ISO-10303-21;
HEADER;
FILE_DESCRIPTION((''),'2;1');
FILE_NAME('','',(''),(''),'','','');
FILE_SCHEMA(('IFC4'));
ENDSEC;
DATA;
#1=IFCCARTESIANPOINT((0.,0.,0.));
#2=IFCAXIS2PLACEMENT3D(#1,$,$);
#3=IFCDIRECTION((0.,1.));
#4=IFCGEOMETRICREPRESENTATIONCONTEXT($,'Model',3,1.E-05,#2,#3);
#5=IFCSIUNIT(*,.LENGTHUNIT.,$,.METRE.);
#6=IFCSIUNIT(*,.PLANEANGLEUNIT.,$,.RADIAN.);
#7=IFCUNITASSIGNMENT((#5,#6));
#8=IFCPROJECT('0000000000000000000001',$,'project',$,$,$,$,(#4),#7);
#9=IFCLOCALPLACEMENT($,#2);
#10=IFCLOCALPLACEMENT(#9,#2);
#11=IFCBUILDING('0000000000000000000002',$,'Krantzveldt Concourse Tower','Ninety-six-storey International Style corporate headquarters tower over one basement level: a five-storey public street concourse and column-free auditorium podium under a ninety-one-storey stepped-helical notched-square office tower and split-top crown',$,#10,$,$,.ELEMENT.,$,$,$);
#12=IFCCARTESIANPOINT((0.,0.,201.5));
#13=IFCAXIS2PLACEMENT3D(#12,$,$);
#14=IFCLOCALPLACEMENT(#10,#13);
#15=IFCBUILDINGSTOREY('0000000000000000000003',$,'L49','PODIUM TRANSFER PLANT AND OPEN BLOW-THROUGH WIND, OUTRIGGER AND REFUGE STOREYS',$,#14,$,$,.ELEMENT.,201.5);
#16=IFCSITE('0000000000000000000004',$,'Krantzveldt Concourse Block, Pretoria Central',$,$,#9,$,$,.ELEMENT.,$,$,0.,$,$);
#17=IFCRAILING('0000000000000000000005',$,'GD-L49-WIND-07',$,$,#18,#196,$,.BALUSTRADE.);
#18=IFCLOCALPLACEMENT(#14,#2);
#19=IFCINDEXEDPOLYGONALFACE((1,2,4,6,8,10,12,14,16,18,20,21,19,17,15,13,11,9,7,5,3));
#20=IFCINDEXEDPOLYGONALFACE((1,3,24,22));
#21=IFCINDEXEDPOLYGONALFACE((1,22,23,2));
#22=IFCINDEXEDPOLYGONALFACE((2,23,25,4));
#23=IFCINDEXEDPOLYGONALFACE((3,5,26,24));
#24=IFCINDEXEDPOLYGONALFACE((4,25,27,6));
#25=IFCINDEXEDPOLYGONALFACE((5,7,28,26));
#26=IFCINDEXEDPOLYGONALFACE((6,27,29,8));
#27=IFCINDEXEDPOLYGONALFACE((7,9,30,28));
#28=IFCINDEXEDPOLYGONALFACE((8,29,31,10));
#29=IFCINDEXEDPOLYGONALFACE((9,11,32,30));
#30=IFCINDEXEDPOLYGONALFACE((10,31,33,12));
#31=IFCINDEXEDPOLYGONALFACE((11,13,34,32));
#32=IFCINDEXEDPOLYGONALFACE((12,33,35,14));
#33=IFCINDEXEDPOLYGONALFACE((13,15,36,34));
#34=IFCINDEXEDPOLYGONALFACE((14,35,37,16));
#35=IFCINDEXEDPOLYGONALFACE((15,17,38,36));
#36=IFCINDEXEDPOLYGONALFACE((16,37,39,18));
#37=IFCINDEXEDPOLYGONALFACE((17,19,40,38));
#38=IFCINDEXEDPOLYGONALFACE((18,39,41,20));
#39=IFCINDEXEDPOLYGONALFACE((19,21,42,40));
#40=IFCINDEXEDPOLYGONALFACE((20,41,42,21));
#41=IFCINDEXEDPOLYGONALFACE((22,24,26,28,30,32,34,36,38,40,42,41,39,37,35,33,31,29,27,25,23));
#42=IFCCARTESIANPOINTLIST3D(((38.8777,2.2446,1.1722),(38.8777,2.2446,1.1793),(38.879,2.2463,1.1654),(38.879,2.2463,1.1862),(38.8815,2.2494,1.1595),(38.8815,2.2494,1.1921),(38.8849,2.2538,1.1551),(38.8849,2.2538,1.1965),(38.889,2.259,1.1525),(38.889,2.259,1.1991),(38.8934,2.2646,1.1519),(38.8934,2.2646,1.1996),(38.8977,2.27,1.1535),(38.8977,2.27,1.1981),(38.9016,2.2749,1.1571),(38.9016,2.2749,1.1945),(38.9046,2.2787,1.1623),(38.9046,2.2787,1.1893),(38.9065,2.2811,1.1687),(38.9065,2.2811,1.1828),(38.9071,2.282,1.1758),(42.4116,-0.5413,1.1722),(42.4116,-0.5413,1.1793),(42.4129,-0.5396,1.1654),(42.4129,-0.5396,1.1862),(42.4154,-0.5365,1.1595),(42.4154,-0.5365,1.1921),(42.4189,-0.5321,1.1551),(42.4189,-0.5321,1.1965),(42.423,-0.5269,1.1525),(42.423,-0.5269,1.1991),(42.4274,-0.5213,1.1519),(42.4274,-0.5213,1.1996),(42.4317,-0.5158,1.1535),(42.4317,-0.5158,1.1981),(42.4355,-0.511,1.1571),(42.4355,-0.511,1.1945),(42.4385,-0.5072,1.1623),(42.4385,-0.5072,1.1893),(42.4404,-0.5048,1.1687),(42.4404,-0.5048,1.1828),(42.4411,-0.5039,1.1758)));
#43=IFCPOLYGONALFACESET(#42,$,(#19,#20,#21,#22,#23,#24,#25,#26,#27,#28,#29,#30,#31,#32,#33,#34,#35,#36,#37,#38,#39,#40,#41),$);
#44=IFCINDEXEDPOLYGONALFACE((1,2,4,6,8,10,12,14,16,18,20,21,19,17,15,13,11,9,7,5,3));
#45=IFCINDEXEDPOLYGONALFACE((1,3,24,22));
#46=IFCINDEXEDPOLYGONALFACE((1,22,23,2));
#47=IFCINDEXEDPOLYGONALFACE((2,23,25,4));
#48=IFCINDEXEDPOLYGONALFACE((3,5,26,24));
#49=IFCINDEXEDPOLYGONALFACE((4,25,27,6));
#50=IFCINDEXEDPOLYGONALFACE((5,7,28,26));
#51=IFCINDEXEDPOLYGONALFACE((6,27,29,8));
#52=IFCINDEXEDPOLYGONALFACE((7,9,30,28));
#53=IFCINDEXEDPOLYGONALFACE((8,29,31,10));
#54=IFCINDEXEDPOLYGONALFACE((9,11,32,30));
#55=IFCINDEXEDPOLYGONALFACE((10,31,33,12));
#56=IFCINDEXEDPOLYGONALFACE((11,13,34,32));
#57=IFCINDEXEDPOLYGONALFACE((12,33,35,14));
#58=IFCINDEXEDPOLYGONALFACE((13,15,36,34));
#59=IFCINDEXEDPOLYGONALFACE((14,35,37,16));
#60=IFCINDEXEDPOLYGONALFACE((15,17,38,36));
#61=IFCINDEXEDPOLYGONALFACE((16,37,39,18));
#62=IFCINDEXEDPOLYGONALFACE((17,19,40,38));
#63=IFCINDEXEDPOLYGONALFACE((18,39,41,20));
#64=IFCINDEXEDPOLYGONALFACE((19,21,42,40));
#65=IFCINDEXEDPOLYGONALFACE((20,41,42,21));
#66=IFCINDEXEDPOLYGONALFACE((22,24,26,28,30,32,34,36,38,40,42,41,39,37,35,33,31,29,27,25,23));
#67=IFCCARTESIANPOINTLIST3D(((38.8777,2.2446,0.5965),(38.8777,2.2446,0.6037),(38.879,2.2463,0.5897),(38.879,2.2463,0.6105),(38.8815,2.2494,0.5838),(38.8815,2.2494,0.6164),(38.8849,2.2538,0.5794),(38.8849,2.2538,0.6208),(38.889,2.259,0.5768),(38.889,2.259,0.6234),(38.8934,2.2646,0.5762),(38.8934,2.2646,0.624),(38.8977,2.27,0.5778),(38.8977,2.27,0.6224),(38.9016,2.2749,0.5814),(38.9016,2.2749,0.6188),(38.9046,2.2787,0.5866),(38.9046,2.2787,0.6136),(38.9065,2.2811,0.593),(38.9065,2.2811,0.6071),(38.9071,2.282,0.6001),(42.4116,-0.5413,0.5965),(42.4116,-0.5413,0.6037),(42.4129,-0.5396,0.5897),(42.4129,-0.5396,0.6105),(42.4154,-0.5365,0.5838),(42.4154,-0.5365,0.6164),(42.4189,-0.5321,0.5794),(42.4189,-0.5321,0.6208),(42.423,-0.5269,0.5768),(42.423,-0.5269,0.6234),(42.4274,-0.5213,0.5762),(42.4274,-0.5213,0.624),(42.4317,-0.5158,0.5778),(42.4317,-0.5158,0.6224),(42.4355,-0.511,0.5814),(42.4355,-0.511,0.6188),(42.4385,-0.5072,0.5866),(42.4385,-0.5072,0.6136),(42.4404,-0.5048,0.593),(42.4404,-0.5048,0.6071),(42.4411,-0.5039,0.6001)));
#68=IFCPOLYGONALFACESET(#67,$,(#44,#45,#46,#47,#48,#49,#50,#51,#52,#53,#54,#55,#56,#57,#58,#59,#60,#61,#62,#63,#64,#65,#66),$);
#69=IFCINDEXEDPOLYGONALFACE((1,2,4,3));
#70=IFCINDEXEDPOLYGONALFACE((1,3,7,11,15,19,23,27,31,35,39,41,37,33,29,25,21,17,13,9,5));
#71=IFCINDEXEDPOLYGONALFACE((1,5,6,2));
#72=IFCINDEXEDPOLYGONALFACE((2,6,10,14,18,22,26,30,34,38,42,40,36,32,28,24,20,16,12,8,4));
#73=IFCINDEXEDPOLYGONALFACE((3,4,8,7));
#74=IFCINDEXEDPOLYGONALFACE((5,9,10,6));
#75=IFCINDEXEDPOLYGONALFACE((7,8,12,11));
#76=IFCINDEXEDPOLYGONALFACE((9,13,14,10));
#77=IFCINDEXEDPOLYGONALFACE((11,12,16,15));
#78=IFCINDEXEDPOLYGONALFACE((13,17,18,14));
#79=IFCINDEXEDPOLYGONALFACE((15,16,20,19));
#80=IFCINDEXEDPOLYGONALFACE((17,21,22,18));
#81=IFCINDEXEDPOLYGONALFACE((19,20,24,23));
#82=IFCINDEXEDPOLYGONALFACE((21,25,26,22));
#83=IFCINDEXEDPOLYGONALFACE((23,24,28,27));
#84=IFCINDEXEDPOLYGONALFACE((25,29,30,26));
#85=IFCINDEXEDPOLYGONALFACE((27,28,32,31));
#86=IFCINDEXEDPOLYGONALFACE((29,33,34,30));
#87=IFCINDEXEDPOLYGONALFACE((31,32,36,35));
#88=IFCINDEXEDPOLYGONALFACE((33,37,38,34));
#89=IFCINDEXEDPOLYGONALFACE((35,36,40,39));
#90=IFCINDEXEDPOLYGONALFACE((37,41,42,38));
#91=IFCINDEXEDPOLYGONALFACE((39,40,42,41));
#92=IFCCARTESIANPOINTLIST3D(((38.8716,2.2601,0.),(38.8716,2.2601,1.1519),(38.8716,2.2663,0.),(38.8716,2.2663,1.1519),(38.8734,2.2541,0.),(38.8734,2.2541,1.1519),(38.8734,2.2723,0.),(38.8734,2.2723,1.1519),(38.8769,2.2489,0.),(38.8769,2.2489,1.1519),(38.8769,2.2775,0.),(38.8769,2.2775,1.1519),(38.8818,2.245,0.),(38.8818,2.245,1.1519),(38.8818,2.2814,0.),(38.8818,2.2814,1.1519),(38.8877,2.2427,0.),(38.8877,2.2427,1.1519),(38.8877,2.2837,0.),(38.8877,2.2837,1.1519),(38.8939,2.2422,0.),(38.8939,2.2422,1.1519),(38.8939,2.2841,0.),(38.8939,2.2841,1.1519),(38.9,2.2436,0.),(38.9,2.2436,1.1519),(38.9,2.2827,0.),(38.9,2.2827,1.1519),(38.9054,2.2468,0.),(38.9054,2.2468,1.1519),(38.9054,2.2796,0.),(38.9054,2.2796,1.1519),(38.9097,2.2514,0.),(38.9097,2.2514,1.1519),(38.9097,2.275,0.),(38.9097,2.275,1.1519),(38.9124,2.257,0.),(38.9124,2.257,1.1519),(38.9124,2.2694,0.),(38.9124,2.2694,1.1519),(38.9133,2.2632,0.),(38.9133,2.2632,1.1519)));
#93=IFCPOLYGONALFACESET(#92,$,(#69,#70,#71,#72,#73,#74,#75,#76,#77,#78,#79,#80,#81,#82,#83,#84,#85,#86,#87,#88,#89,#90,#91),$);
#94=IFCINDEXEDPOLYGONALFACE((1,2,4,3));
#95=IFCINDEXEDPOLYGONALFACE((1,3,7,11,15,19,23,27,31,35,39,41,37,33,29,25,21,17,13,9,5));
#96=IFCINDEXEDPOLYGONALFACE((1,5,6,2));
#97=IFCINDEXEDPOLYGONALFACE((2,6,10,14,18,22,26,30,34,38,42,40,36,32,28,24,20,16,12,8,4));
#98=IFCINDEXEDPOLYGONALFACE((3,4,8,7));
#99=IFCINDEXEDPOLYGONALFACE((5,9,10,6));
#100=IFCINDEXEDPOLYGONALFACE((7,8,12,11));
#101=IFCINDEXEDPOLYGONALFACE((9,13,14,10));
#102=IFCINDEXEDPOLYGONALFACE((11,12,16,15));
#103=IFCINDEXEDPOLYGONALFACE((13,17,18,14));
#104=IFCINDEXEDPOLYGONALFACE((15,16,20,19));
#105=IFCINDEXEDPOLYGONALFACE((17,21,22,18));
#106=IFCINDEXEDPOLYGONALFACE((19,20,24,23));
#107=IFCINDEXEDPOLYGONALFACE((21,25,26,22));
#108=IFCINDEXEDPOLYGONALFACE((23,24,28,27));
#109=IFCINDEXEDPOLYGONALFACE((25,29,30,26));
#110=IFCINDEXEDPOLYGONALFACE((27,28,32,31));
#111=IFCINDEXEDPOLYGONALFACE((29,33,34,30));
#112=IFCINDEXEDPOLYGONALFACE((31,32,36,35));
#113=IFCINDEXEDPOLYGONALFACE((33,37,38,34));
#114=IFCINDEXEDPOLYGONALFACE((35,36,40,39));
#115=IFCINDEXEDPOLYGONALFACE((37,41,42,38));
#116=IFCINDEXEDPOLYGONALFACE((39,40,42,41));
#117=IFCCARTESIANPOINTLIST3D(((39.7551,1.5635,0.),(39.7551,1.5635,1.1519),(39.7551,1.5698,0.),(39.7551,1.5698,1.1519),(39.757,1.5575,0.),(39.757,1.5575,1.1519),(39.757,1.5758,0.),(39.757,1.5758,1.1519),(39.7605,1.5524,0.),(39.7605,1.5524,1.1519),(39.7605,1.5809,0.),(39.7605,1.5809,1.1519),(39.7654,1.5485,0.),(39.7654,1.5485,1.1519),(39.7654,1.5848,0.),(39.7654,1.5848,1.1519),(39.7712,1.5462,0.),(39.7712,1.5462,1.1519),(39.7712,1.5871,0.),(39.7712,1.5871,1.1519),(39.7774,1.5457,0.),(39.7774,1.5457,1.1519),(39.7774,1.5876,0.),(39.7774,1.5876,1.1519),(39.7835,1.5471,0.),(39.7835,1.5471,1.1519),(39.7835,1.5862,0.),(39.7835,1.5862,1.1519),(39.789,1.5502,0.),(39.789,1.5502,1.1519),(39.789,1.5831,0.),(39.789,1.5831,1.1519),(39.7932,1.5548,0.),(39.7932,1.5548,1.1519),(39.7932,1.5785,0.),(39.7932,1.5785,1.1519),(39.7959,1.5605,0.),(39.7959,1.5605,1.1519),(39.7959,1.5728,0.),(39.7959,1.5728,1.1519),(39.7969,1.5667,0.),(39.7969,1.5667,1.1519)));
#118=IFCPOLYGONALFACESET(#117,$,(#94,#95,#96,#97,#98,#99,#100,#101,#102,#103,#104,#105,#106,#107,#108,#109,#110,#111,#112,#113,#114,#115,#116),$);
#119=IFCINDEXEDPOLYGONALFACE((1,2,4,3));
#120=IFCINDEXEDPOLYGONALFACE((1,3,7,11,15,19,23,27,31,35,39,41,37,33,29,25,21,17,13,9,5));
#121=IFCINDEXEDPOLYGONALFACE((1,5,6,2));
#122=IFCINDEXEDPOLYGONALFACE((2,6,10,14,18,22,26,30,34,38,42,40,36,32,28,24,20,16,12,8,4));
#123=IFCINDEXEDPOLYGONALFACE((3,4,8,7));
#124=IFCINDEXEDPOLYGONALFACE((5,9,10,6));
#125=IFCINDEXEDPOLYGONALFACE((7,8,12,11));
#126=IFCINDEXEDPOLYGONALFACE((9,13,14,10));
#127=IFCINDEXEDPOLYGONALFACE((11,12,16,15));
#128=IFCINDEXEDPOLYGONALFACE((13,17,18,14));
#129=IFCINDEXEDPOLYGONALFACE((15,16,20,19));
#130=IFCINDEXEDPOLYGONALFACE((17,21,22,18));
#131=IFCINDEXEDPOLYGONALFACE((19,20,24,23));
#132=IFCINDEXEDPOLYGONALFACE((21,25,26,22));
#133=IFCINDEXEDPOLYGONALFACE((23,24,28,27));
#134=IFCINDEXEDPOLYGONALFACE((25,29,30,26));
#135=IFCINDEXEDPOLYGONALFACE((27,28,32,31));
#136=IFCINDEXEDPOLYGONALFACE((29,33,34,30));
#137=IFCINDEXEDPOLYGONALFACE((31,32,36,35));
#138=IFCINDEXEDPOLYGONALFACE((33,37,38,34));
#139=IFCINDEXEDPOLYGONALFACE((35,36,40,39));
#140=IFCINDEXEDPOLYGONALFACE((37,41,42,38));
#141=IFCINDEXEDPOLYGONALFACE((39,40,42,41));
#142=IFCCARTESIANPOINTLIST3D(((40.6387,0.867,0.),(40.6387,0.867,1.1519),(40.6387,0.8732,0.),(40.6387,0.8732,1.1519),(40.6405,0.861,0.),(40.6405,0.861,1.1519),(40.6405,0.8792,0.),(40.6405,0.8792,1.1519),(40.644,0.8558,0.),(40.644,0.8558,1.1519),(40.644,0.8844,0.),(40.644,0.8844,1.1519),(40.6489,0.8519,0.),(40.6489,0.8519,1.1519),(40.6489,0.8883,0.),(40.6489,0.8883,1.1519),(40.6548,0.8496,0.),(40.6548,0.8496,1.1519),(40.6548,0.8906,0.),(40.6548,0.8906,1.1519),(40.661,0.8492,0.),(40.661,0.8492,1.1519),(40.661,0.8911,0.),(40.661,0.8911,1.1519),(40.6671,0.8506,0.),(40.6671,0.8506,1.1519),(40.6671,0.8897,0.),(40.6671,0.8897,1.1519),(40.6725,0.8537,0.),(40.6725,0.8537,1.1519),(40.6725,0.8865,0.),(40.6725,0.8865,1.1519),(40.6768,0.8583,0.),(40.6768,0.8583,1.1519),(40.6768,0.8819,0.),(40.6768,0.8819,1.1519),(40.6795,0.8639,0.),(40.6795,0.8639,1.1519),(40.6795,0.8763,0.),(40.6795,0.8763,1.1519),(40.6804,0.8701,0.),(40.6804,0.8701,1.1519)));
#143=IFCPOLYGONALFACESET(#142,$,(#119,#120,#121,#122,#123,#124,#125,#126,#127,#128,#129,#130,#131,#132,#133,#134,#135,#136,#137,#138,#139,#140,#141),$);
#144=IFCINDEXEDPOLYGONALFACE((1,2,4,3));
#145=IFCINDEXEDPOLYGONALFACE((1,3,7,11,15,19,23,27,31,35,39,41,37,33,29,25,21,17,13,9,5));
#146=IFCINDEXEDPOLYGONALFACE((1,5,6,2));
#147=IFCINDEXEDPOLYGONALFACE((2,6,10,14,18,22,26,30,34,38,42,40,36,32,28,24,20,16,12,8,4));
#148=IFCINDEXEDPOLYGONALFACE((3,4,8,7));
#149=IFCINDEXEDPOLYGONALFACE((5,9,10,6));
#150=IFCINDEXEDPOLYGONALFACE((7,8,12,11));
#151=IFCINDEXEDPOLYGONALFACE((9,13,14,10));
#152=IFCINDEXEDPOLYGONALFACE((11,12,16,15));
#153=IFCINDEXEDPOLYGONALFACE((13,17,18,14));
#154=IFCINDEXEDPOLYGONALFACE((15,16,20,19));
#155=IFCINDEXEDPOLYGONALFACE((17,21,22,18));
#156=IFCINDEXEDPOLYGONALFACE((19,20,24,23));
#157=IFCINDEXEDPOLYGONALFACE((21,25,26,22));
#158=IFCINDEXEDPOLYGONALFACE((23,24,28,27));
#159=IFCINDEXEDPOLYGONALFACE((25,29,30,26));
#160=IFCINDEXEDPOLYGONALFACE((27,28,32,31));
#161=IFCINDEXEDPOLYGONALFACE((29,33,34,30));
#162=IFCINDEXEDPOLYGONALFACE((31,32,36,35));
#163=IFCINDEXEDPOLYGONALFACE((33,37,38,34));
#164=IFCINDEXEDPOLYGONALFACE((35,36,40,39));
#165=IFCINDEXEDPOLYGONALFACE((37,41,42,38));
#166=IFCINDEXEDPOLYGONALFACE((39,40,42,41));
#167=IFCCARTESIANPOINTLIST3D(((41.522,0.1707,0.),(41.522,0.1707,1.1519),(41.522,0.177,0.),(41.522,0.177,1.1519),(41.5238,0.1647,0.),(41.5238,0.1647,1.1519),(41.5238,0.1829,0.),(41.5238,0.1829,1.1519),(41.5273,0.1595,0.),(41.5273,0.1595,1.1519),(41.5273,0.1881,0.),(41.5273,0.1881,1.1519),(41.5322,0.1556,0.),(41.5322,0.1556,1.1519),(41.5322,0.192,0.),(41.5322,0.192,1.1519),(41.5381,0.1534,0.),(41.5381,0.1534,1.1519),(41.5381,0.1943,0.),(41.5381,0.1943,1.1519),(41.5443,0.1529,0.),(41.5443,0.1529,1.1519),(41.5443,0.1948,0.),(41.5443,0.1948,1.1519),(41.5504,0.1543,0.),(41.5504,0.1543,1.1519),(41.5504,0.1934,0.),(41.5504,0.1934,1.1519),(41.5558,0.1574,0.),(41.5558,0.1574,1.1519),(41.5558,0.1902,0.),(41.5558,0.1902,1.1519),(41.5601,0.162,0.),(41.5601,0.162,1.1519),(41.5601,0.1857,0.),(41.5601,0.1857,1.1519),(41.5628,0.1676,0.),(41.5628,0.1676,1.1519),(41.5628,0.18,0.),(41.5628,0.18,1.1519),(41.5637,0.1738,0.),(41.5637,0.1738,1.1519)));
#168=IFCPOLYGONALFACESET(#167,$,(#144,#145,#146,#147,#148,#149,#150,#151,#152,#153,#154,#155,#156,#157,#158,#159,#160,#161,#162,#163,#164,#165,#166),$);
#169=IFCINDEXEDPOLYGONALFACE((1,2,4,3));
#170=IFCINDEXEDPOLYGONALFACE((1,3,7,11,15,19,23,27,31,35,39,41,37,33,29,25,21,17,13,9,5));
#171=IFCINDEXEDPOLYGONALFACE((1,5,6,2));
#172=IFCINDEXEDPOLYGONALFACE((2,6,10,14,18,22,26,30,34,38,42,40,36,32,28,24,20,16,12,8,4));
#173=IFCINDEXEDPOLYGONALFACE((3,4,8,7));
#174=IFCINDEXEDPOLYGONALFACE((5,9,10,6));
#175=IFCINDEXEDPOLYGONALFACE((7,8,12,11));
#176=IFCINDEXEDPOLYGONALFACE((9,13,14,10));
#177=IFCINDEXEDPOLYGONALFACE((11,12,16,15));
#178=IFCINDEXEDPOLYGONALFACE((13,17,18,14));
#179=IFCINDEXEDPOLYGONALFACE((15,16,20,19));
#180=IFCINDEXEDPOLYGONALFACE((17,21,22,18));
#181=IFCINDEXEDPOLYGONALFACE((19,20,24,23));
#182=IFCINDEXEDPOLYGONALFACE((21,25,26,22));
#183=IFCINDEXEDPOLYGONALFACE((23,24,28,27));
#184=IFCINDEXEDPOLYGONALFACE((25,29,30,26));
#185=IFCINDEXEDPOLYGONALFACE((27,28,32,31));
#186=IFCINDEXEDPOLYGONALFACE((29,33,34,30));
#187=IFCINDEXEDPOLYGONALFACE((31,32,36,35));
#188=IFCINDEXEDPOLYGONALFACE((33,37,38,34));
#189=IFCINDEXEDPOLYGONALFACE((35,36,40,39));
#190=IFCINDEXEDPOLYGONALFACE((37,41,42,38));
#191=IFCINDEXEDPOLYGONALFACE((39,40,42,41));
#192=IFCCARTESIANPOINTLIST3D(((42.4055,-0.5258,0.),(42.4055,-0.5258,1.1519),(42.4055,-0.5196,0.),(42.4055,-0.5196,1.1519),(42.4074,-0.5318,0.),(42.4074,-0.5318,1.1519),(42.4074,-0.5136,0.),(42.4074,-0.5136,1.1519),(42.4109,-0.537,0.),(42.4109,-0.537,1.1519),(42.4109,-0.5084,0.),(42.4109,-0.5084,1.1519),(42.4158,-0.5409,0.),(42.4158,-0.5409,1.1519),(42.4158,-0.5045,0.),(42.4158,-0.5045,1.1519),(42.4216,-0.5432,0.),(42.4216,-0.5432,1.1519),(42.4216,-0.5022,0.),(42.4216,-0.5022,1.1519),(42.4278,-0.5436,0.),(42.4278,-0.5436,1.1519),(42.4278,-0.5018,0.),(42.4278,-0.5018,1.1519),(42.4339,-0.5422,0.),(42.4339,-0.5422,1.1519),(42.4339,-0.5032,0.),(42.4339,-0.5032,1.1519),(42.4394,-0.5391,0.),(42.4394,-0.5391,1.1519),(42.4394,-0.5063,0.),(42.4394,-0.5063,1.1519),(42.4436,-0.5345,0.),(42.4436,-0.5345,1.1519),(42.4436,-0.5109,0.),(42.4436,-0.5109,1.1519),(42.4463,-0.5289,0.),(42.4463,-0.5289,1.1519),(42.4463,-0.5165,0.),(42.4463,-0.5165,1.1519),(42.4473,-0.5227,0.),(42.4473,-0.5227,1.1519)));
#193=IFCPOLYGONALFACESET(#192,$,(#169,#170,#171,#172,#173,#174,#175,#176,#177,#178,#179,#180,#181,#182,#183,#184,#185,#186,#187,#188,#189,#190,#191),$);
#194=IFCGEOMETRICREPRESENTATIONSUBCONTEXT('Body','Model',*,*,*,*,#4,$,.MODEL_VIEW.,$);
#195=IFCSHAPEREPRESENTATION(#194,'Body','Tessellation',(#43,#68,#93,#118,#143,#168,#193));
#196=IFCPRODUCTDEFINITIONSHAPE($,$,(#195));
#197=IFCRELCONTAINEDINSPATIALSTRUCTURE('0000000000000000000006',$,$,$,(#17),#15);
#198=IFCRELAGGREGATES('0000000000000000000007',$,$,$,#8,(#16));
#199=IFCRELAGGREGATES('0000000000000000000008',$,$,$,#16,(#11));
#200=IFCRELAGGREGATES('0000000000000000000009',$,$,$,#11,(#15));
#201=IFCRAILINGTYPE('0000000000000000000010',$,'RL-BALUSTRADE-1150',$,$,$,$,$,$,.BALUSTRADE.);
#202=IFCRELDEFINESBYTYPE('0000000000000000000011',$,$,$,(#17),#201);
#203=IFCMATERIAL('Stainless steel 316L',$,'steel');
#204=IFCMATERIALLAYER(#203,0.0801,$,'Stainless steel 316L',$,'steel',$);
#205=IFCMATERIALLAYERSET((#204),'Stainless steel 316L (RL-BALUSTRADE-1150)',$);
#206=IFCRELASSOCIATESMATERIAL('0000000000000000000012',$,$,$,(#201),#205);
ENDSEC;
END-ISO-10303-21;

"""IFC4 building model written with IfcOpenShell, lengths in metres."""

from ifc_helpers import new_model, si_unit, direction, frame, origin, origin_2d, place, context, subcontext, project, spatial, circle, extrude, material, layer, layer_set, type_object, element, save


model = new_model("IFC4")

# Units and contexts
model_context = context("Model", 3, precision=1e-05, world=origin(), true_north=direction((0.0, 1.0)))
body_context = subcontext(model_context, "Body", "Model", "MODEL_VIEW")
ifc_project = project(units=[si_unit("LENGTHUNIT", "METRE"), si_unit("PLANEANGLEUNIT", "RADIAN")], contexts=[model_context])

# Site, building, storey
site_placement = place(None, origin())
site = spatial("IfcSite", under=ifc_project, at=site_placement, Name="Krantzveldt Concourse Block, Pretoria Central", CompositionType="ELEMENT", RefElevation=0.0)
building_placement = place(site_placement, origin())
building = spatial("IfcBuilding", under=site, at=building_placement, Name="Krantzveldt Concourse Tower", Description="Ninety-six-storey International Style corporate headquarters tower over one basement level: a five-storey public street concourse and column-free auditorium podium under a ninety-one-storey stepped-helical notched-square office tower and split-top crown", CompositionType="ELEMENT")
storey_placement = place(building_placement, frame((0.0, 0.0, 201.5)))
storey = spatial("IfcBuildingStorey", under=building, at=storey_placement, Name="L49", Description="PODIUM TRANSFER PLANT AND OPEN BLOW-THROUGH WIND, OUTRIGGER AND REFUGE STOREYS", CompositionType="ELEMENT", Elevation=201.5)

# Shared definitions
ifc_material_1 = material(Name="Stainless steel 316L", Category="steel")

# Railing
ifc_layer_1 = layer(ifc_material_1, 0.0801, Name="Stainless steel 316L", Category="steel")
ifc_layer_set_1 = layer_set([ifc_layer_1], Name="Stainless steel 316L (RL-BALUSTRADE-1150)")
railing_type_1 = type_object("IfcRailingType", Name="RL-BALUSTRADE-1150", PredefinedType="BALUSTRADE", material=ifc_layer_set_1)
railing_1_placement = place(storey_placement, frame((38.8923, 2.2632, 0.0)))
element("IfcRailing", 1, at=railing_1_placement, inside=storey, type_object=railing_type_1, Name="GD-L49-WIND-07", PredefinedType="BALUSTRADE", context=body_context, shape_type="SweptSolid", body=[
    extrude(circle(Radius=0.0239, at=origin_2d()), frame((0.0, 0.0, 1.1758), z_axis=(0.785321, -0.619088, 0.0), x_axis=(0.619088, 0.785321, 0.0)), (0.0, 0.0, 1.0), 4.5),
    extrude(circle(Radius=0.0239, at=origin_2d()), frame((0.0, 0.0, 0.6001), z_axis=(0.785321, -0.619088, 0.0), x_axis=(0.619088, 0.785321, 0.0)), (0.0, 0.0, 1.0), 4.5),
    extrude(circle(Radius=0.021, at=origin_2d()), origin(), (0.0, 0.0, 1.0), 1.1519),
    extrude(circle(Radius=0.021, at=origin_2d()), frame((0.8835, -0.6965, 0.0)), (0.0, 0.0, 1.0), 1.1519),
    extrude(circle(Radius=0.021, at=origin_2d()), frame((1.7671, -1.3931, 0.0)), (0.0, 0.0, 1.0), 1.1519),
    extrude(circle(Radius=0.021, at=origin_2d()), frame((2.6504, -2.0894, 0.0)), (0.0, 0.0, 1.0), 1.1519),
    extrude(circle(Radius=0.021, at=origin_2d()), frame((3.5339, -2.7859, 0.0)), (0.0, 0.0, 1.0), 1.1519),
])

save(model, "model.ifc")
